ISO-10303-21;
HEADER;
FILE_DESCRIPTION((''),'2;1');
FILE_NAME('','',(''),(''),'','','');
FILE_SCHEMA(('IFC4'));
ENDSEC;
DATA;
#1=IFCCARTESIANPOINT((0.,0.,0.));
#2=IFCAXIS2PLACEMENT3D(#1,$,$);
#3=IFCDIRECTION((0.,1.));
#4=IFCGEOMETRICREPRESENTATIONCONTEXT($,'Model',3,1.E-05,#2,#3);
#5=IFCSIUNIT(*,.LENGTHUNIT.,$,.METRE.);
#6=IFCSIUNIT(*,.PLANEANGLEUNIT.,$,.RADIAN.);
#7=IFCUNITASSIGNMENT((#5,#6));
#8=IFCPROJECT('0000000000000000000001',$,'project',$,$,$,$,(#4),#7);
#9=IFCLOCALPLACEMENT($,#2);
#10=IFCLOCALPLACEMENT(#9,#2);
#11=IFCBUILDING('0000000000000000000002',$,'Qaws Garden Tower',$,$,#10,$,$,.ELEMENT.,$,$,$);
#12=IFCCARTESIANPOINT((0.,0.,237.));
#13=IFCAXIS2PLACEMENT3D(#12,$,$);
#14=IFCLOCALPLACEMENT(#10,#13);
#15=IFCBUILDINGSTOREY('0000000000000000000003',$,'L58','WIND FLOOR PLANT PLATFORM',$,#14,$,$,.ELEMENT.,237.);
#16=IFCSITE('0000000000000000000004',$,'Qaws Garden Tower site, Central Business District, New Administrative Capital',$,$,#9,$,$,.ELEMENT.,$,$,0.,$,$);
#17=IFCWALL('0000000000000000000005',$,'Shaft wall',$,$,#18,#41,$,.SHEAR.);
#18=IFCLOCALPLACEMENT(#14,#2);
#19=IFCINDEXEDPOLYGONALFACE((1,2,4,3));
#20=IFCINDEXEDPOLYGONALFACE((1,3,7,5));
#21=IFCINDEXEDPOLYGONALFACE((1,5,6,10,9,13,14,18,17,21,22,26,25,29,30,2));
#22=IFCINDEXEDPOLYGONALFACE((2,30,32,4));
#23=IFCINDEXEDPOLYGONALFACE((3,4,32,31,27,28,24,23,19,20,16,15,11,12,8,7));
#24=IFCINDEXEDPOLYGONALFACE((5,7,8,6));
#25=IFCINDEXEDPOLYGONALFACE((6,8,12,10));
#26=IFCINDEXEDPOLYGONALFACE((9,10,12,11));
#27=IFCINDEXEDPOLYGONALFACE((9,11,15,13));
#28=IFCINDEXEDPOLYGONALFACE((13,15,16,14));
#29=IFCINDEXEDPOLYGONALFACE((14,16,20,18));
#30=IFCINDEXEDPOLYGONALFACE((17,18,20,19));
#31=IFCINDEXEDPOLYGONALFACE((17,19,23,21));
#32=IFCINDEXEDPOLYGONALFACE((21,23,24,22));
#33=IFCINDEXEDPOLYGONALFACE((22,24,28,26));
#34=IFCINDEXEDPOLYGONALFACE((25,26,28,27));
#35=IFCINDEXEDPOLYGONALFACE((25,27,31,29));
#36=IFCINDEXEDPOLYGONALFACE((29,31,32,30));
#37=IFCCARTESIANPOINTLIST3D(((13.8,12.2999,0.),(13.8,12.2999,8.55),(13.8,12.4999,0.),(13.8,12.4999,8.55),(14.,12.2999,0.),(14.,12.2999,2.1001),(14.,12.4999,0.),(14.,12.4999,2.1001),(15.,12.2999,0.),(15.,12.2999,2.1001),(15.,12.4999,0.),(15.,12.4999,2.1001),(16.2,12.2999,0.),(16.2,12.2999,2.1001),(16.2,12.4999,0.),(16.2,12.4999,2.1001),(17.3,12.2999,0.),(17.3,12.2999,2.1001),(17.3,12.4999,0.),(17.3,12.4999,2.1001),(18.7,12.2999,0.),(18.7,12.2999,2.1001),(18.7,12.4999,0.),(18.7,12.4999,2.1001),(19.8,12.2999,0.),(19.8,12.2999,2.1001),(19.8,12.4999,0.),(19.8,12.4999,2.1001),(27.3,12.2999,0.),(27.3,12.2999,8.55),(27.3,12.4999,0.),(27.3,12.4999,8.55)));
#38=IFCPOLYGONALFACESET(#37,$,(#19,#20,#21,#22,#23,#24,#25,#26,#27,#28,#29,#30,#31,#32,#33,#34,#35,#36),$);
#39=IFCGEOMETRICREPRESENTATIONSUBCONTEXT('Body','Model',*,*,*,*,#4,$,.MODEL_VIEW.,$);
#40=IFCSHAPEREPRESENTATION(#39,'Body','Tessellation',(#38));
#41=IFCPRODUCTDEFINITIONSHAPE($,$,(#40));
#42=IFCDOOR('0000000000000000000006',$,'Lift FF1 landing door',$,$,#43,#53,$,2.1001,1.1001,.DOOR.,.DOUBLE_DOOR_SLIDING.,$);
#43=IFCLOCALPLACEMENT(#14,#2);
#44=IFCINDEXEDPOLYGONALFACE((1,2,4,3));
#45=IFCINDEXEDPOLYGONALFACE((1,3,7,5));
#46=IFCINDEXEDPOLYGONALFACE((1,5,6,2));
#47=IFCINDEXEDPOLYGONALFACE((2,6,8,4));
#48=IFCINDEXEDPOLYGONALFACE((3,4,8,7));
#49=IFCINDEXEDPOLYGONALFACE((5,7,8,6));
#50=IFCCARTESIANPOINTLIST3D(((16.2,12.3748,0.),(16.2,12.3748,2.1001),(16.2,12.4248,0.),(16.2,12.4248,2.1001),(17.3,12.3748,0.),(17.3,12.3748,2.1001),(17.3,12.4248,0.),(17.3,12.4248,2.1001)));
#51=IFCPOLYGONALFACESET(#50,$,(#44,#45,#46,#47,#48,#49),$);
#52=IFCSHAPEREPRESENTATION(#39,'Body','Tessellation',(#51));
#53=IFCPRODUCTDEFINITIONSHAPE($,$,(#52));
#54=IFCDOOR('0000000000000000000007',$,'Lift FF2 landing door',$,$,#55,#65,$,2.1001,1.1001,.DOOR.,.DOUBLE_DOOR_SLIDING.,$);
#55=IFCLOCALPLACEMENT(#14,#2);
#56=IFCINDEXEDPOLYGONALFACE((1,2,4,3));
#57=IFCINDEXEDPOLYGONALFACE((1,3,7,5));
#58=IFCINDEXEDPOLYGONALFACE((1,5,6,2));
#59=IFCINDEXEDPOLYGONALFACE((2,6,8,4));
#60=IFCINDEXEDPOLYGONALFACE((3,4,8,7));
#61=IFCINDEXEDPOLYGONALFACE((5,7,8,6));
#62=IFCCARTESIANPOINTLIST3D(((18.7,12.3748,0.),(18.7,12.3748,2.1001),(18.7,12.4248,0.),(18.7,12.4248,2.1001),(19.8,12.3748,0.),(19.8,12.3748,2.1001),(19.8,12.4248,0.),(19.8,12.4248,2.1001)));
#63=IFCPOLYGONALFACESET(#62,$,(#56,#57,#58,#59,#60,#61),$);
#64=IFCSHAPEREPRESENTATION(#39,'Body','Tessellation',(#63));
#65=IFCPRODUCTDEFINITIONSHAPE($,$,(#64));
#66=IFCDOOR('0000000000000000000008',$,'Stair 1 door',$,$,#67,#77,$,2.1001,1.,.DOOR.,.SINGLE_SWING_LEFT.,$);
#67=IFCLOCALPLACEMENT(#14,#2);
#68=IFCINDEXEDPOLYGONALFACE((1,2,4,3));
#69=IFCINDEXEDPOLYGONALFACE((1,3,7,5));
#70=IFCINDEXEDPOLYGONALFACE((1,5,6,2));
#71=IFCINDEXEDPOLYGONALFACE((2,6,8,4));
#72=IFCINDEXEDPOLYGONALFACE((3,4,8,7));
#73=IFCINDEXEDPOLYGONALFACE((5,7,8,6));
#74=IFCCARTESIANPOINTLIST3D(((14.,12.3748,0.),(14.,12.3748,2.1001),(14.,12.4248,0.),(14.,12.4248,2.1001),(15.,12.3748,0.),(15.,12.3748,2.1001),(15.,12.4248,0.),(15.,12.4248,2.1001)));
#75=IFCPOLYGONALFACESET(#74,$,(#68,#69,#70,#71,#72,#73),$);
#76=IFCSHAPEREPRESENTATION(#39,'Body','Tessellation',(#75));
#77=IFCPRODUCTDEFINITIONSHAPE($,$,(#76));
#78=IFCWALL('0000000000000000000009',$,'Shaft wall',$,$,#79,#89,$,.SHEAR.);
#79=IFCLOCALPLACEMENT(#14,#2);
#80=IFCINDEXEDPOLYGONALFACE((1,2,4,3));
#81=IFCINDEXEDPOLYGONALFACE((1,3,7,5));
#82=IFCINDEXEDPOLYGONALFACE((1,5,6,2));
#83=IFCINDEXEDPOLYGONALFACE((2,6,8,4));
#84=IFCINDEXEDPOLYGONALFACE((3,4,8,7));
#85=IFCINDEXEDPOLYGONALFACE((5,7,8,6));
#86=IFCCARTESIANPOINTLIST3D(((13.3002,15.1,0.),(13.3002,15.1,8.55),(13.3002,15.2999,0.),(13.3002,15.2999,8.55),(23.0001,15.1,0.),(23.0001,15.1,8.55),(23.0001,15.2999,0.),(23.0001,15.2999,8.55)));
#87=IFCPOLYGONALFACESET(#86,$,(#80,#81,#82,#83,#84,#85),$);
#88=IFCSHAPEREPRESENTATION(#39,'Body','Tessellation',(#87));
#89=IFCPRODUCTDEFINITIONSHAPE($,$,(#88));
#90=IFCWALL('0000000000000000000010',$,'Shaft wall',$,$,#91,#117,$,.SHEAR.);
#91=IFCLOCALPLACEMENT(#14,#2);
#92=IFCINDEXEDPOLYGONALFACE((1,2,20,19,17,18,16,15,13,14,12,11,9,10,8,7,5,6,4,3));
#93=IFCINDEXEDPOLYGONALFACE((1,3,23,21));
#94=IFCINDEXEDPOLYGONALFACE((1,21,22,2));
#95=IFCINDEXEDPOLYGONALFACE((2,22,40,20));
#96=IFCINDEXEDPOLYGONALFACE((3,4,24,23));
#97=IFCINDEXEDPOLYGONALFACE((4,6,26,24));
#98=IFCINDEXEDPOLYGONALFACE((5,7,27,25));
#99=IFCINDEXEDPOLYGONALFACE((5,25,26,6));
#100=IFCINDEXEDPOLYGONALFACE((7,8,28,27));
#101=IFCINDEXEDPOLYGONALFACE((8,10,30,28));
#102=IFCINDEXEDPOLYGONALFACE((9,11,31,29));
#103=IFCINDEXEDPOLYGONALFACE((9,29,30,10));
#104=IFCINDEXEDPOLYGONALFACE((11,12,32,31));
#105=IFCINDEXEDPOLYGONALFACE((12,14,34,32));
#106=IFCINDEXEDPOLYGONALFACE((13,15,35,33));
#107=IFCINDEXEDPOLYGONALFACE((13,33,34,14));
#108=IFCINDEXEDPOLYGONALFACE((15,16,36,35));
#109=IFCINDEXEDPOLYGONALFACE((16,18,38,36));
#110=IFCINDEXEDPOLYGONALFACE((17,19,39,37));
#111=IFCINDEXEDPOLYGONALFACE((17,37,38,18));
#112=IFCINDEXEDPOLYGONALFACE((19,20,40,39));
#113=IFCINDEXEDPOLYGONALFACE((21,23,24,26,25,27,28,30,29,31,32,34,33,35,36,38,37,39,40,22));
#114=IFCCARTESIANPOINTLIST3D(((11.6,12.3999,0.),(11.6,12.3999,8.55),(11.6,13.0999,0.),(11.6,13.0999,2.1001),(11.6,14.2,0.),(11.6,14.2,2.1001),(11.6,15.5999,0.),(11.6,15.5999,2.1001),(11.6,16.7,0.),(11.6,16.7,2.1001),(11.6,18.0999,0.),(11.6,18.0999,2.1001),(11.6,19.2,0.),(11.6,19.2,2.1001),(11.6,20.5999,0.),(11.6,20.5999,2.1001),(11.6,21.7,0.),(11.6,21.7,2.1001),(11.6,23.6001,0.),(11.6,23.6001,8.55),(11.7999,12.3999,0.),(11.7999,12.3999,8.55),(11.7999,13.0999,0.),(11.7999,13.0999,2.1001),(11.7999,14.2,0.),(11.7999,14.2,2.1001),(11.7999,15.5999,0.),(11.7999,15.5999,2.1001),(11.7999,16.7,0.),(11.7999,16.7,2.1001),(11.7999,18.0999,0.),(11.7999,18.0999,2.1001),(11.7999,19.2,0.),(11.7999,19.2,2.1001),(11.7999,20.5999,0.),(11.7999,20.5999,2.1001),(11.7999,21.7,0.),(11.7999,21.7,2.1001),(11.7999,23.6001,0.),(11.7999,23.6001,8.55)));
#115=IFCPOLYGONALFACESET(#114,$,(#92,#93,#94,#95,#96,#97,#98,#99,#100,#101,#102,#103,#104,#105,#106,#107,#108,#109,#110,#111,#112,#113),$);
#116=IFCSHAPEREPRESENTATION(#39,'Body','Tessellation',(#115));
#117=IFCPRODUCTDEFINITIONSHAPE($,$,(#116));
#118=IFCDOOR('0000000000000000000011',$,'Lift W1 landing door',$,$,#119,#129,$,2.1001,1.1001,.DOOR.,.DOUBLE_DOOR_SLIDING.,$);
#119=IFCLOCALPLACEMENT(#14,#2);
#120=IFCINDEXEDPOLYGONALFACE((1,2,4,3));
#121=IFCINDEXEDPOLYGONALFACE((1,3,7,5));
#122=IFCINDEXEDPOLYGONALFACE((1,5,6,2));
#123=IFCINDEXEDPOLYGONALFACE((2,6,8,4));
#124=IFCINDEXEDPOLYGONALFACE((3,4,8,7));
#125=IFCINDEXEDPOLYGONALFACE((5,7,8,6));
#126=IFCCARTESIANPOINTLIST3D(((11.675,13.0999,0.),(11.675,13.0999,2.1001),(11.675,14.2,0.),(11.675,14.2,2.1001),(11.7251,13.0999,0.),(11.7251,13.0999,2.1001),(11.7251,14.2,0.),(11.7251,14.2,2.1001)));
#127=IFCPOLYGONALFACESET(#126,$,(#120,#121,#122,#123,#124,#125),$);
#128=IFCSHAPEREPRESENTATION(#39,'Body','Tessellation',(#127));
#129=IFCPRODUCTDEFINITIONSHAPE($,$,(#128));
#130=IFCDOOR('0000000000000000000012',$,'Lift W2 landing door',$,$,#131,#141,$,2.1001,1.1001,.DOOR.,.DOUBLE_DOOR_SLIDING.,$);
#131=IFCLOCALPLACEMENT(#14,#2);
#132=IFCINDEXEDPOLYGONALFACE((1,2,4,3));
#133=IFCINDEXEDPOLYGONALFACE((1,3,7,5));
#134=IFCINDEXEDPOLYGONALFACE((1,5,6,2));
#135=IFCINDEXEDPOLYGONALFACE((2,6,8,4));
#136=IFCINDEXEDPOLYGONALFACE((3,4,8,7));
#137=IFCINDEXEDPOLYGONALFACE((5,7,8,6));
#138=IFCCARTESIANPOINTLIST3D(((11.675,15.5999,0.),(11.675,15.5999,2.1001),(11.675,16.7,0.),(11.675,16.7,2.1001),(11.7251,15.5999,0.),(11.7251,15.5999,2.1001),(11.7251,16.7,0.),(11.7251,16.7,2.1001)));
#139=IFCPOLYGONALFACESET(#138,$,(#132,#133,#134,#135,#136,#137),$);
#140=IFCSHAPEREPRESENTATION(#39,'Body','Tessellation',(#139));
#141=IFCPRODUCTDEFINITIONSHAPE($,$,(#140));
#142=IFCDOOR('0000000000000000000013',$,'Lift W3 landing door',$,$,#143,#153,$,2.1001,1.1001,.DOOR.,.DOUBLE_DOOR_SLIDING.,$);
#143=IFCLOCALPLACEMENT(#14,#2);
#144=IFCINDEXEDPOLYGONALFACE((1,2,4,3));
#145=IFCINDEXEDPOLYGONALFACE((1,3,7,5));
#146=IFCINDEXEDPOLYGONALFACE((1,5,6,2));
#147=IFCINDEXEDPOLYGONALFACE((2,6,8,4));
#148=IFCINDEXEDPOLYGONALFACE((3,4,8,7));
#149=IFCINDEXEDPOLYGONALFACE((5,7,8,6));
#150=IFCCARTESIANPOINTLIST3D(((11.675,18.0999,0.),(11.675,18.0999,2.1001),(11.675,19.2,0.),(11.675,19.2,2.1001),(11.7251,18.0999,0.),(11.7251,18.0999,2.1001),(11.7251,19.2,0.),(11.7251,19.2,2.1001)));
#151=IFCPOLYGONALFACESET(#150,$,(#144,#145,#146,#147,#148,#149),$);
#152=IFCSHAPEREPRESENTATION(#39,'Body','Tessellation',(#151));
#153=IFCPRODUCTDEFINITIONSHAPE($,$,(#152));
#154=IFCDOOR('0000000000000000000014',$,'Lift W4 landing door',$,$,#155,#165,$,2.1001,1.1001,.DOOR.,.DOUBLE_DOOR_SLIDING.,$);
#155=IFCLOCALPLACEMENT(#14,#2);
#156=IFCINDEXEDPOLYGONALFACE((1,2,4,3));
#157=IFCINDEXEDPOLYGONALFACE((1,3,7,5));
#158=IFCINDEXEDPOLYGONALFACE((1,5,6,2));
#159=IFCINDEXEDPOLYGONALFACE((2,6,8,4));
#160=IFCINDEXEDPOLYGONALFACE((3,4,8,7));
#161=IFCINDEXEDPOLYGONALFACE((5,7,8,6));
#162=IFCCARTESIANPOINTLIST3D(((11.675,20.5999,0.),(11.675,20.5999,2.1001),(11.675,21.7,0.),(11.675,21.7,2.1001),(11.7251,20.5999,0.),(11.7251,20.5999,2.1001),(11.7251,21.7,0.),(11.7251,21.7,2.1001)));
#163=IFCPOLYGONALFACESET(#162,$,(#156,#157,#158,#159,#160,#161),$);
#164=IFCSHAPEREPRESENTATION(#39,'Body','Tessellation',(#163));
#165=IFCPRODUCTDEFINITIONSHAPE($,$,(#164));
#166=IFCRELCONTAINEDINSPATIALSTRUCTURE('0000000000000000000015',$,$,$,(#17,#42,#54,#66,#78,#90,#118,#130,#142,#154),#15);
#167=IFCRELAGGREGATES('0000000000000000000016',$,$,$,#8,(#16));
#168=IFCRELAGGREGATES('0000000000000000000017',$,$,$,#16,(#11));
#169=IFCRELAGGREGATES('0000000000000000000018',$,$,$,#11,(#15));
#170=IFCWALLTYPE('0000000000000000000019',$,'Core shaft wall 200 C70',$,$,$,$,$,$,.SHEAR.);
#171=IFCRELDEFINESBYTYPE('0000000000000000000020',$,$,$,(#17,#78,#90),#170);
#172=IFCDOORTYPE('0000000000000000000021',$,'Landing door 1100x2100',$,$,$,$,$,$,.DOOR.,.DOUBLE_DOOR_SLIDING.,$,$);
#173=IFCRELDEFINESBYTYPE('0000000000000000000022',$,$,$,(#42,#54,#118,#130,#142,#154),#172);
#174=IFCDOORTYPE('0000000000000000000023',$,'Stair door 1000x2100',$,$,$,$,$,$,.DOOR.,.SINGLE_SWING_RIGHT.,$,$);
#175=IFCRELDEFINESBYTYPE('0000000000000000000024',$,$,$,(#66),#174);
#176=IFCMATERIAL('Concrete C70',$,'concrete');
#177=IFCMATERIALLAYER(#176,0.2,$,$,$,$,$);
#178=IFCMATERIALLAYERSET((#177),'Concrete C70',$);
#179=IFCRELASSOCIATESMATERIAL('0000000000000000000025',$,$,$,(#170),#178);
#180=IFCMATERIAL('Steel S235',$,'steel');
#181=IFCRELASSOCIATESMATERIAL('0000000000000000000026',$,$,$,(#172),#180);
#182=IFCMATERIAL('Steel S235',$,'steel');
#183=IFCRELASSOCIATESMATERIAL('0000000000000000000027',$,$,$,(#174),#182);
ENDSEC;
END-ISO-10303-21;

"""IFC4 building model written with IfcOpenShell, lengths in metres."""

from ifc_helpers import new_model, si_unit, direction, frame, frame_2d, origin, place, context, subcontext, project, spatial, rectangle, extrude, material, layer, layer_set, type_object, element, fill, save


model = new_model("IFC4")

# Units and contexts
model_context = context("Model", 3, precision=1e-05, world=origin(), true_north=direction((0.0, 1.0)))
body_context = subcontext(model_context, "Body", "Model", "MODEL_VIEW")
ifc_project = project(units=[si_unit("LENGTHUNIT", "METRE"), si_unit("PLANEANGLEUNIT", "RADIAN")], contexts=[model_context])

# Site, building, storey
site_placement = place(None, origin())
site = spatial("IfcSite", under=ifc_project, at=site_placement, Name="Qaws Garden Tower site, Central Business District, New Administrative Capital", CompositionType="ELEMENT", RefElevation=0.0)
building_placement = place(site_placement, origin())
building = spatial("IfcBuilding", under=site, at=building_placement, Name="Qaws Garden Tower", CompositionType="ELEMENT")
storey_placement = place(building_placement, frame((0.0, 0.0, 237.0)))
storey = spatial("IfcBuildingStorey", under=building, at=storey_placement, Name="L58", Description="WIND FLOOR PLANT PLATFORM", CompositionType="ELEMENT", Elevation=237.0)

# Wall, openings, doors
ifc_material_1 = material(Name="Concrete C70", Category="concrete")
ifc_layer_1 = layer(ifc_material_1, 0.2)
ifc_layer_set_1 = layer_set([ifc_layer_1], Name="Concrete C70")
wall_type_1 = type_object("IfcWallType", Name="Core shaft wall 200 C70", PredefinedType="SHEAR", material=ifc_layer_set_1)
wall_1_placement = place(storey_placement, frame((13.8, 12.3999, 0.0), z_axis=(0.0, 0.0, 1.0), x_axis=(1.0, 0.0, 0.0)))
wall_1 = element("IfcWall", 1, at=wall_1_placement, inside=storey, type_object=wall_type_1, Name="Shaft wall", PredefinedType="SHEAR", context=body_context, shape_type="SweptSolid", body=[
    extrude(rectangle(XDim=13.5, YDim=0.2, at=frame_2d((6.75, 0.0))), origin(), (0.0, 0.0, 1.0), 8.55),
])
opening_1_placement = place(wall_1_placement, frame((2.3999, 0.0, 0.0)))
opening_1 = element("IfcOpeningElement", 2, at=opening_1_placement, cuts=wall_1, PredefinedType="OPENING", context=body_context, shape_type="SweptSolid", body=[
    extrude(rectangle(XDim=1.1001, YDim=2.1001, at=frame_2d((0.55, 1.05))), frame((0.0, 0.1099, 0.0), z_axis=(0.0, -1.0, 0.0), x_axis=(1.0, 0.0, 0.0)), (0.0, 0.0, 1.0), 0.22),
])
opening_2_placement = place(wall_1_placement, frame((4.8999, 0.0, 0.0)))
opening_2 = element("IfcOpeningElement", 3, at=opening_2_placement, cuts=wall_1, PredefinedType="OPENING", context=body_context, shape_type="SweptSolid", body=[
    extrude(rectangle(XDim=1.1001, YDim=2.1001, at=frame_2d((0.55, 1.05))), frame((0.0, 0.1099, 0.0), z_axis=(0.0, -1.0, 0.0), x_axis=(1.0, 0.0, 0.0)), (0.0, 0.0, 1.0), 0.22),
])
opening_3_placement = place(wall_1_placement, frame((0.2, 0.0, 0.0)))
opening_3 = element("IfcOpeningElement", 4, at=opening_3_placement, cuts=wall_1, PredefinedType="OPENING", context=body_context, shape_type="SweptSolid", body=[
    extrude(rectangle(XDim=1.0, YDim=2.1001, at=frame_2d((0.5, 1.05))), frame((0.0, 0.1099, 0.0), z_axis=(0.0, -1.0, 0.0), x_axis=(1.0, 0.0, 0.0)), (0.0, 0.0, 1.0), 0.22),
])
ifc_material_2 = material(Name="Steel S235", Category="steel")
door_type_1 = type_object("IfcDoorType", Name="Landing door 1100x2100", OperationType="DOUBLE_DOOR_SLIDING", PredefinedType="DOOR", material=ifc_material_2)
door_1_placement = place(opening_1_placement, origin())
door_1 = element("IfcDoor", 5, at=door_1_placement, inside=storey, type_object=door_type_1, Name="Lift FF1 landing door", OperationType="DOUBLE_DOOR_SLIDING", OverallHeight=2.1001, OverallWidth=1.1001, PredefinedType="DOOR", context=body_context, shape_type="SweptSolid", body=[
    extrude(rectangle(XDim=1.1001, YDim=2.1001, at=frame_2d((0.55, 1.05))), frame((0.0, 0.0249, 0.0), z_axis=(0.0, -1.0, 0.0), x_axis=(1.0, 0.0, 0.0)), (0.0, 0.0, 1.0), 0.05),
])
fill(opening_1, door_1)
door_2_placement = place(opening_2_placement, origin())
door_2 = element("IfcDoor", 6, at=door_2_placement, inside=storey, type_object=door_type_1, Name="Lift FF2 landing door", OperationType="DOUBLE_DOOR_SLIDING", OverallHeight=2.1001, OverallWidth=1.1001, PredefinedType="DOOR", context=body_context, shape_type="SweptSolid", body=[
    extrude(rectangle(XDim=1.1001, YDim=2.1001, at=frame_2d((0.55, 1.05))), frame((0.0, 0.0249, 0.0), z_axis=(0.0, -1.0, 0.0), x_axis=(1.0, 0.0, 0.0)), (0.0, 0.0, 1.0), 0.05),
])
fill(opening_2, door_2)
ifc_material_3 = material(Name="Steel S235", Category="steel")
door_type_2 = type_object("IfcDoorType", Name="Stair door 1000x2100", OperationType="SINGLE_SWING_RIGHT", PredefinedType="DOOR", material=ifc_material_3)
door_3_placement = place(opening_3_placement, origin())
door_3 = element("IfcDoor", 7, at=door_3_placement, inside=storey, type_object=door_type_2, Name="Stair 1 door", OperationType="SINGLE_SWING_LEFT", OverallHeight=2.1001, OverallWidth=1.0, PredefinedType="DOOR", context=body_context, shape_type="SweptSolid", body=[
    extrude(rectangle(XDim=1.0, YDim=2.1001, at=frame_2d((0.5, 1.05))), frame((0.0, 0.0249, 0.0), z_axis=(0.0, -1.0, 0.0), x_axis=(1.0, 0.0, 0.0)), (0.0, 0.0, 1.0), 0.05),
])
fill(opening_3, door_3)

# Wall
wall_2_placement = place(storey_placement, frame((13.3, 15.2, 0.0), z_axis=(0.0, 0.0, 1.0), x_axis=(1.0, 0.0, 0.0)))
element("IfcWall", 8, at=wall_2_placement, inside=storey, type_object=wall_type_1, Name="Shaft wall", PredefinedType="SHEAR", context=body_context, shape_type="SweptSolid", body=[
    extrude(rectangle(XDim=9.7, YDim=0.2, at=frame_2d((4.8501, 0.0))), origin(), (0.0, 0.0, 1.0), 8.55),
])

# Wall, openings, doors
wall_3_placement = place(storey_placement, frame((11.7, 12.3999, 0.0), z_axis=(0.0, 0.0, 1.0), x_axis=(0.0, 1.0, 0.0)))
wall_3 = element("IfcWall", 9, at=wall_3_placement, inside=storey, type_object=wall_type_1, Name="Shaft wall", PredefinedType="SHEAR", context=body_context, shape_type="SweptSolid", body=[
    extrude(rectangle(XDim=11.2002, YDim=0.2, at=frame_2d((5.6001, 0.0))), origin(), (0.0, 0.0, 1.0), 8.55),
])
opening_4_placement = place(wall_3_placement, frame((0.7, 0.0, 0.0)))
opening_4 = element("IfcOpeningElement", 10, at=opening_4_placement, cuts=wall_3, PredefinedType="OPENING", context=body_context, shape_type="SweptSolid", body=[
    extrude(rectangle(XDim=1.1001, YDim=2.1001, at=frame_2d((0.55, 1.05))), frame((0.0, 0.1099, 0.0), z_axis=(0.0, -1.0, 0.0), x_axis=(1.0, 0.0, 0.0)), (0.0, 0.0, 1.0), 0.22),
])
opening_5_placement = place(wall_3_placement, frame((3.2, 0.0, 0.0)))
opening_5 = element("IfcOpeningElement", 11, at=opening_5_placement, cuts=wall_3, PredefinedType="OPENING", context=body_context, shape_type="SweptSolid", body=[
    extrude(rectangle(XDim=1.1001, YDim=2.1001, at=frame_2d((0.55, 1.05))), frame((0.0, 0.1099, 0.0), z_axis=(0.0, -1.0, 0.0), x_axis=(1.0, 0.0, 0.0)), (0.0, 0.0, 1.0), 0.22),
])
opening_6_placement = place(wall_3_placement, frame((5.7, 0.0, 0.0)))
opening_6 = element("IfcOpeningElement", 12, at=opening_6_placement, cuts=wall_3, PredefinedType="OPENING", context=body_context, shape_type="SweptSolid", body=[
    extrude(rectangle(XDim=1.1001, YDim=2.1001, at=frame_2d((0.55, 1.05))), frame((0.0, 0.1099, 0.0), z_axis=(0.0, -1.0, 0.0), x_axis=(1.0, 0.0, 0.0)), (0.0, 0.0, 1.0), 0.22),
])
opening_7_placement = place(wall_3_placement, frame((8.2, 0.0, 0.0)))
opening_7 = element("IfcOpeningElement", 13, at=opening_7_placement, cuts=wall_3, PredefinedType="OPENING", context=body_context, shape_type="SweptSolid", body=[
    extrude(rectangle(XDim=1.1001, YDim=2.1001, at=frame_2d((0.55, 1.05))), frame((0.0, 0.1099, 0.0), z_axis=(0.0, -1.0, 0.0), x_axis=(1.0, 0.0, 0.0)), (0.0, 0.0, 1.0), 0.22),
])
door_4_placement = place(opening_4_placement, origin())
door_4 = element("IfcDoor", 14, at=door_4_placement, inside=storey, type_object=door_type_1, Name="Lift W1 landing door", OperationType="DOUBLE_DOOR_SLIDING", OverallHeight=2.1001, OverallWidth=1.1001, PredefinedType="DOOR", context=body_context, shape_type="SweptSolid", body=[
    extrude(rectangle(XDim=1.1001, YDim=2.1001, at=frame_2d((0.55, 1.05))), frame((0.0, 0.0249, 0.0), z_axis=(0.0, -1.0, 0.0), x_axis=(1.0, 0.0, 0.0)), (0.0, 0.0, 1.0), 0.05),
])
fill(opening_4, door_4)
door_5_placement = place(opening_5_placement, origin())
door_5 = element("IfcDoor", 15, at=door_5_placement, inside=storey, type_object=door_type_1, Name="Lift W2 landing door", OperationType="DOUBLE_DOOR_SLIDING", OverallHeight=2.1001, OverallWidth=1.1001, PredefinedType="DOOR", context=body_context, shape_type="SweptSolid", body=[
    extrude(rectangle(XDim=1.1001, YDim=2.1001, at=frame_2d((0.55, 1.05))), frame((0.0, 0.0249, 0.0), z_axis=(0.0, -1.0, 0.0), x_axis=(1.0, 0.0, 0.0)), (0.0, 0.0, 1.0), 0.05),
])
fill(opening_5, door_5)
door_6_placement = place(opening_6_placement, origin())
door_6 = element("IfcDoor", 16, at=door_6_placement, inside=storey, type_object=door_type_1, Name="Lift W3 landing door", OperationType="DOUBLE_DOOR_SLIDING", OverallHeight=2.1001, OverallWidth=1.1001, PredefinedType="DOOR", context=body_context, shape_type="SweptSolid", body=[
    extrude(rectangle(XDim=1.1001, YDim=2.1001, at=frame_2d((0.55, 1.05))), frame((0.0, 0.0249, 0.0), z_axis=(0.0, -1.0, 0.0), x_axis=(1.0, 0.0, 0.0)), (0.0, 0.0, 1.0), 0.05),
])
fill(opening_6, door_6)
door_7_placement = place(opening_7_placement, origin())
door_7 = element("IfcDoor", 17, at=door_7_placement, inside=storey, type_object=door_type_1, Name="Lift W4 landing door", OperationType="DOUBLE_DOOR_SLIDING", OverallHeight=2.1001, OverallWidth=1.1001, PredefinedType="DOOR", context=body_context, shape_type="SweptSolid", body=[
    extrude(rectangle(XDim=1.1001, YDim=2.1001, at=frame_2d((0.55, 1.05))), frame((0.0, 0.0249, 0.0), z_axis=(0.0, -1.0, 0.0), x_axis=(1.0, 0.0, 0.0)), (0.0, 0.0, 1.0), 0.05),
])
fill(opening_7, door_7)

save(model, "model.ifc")
